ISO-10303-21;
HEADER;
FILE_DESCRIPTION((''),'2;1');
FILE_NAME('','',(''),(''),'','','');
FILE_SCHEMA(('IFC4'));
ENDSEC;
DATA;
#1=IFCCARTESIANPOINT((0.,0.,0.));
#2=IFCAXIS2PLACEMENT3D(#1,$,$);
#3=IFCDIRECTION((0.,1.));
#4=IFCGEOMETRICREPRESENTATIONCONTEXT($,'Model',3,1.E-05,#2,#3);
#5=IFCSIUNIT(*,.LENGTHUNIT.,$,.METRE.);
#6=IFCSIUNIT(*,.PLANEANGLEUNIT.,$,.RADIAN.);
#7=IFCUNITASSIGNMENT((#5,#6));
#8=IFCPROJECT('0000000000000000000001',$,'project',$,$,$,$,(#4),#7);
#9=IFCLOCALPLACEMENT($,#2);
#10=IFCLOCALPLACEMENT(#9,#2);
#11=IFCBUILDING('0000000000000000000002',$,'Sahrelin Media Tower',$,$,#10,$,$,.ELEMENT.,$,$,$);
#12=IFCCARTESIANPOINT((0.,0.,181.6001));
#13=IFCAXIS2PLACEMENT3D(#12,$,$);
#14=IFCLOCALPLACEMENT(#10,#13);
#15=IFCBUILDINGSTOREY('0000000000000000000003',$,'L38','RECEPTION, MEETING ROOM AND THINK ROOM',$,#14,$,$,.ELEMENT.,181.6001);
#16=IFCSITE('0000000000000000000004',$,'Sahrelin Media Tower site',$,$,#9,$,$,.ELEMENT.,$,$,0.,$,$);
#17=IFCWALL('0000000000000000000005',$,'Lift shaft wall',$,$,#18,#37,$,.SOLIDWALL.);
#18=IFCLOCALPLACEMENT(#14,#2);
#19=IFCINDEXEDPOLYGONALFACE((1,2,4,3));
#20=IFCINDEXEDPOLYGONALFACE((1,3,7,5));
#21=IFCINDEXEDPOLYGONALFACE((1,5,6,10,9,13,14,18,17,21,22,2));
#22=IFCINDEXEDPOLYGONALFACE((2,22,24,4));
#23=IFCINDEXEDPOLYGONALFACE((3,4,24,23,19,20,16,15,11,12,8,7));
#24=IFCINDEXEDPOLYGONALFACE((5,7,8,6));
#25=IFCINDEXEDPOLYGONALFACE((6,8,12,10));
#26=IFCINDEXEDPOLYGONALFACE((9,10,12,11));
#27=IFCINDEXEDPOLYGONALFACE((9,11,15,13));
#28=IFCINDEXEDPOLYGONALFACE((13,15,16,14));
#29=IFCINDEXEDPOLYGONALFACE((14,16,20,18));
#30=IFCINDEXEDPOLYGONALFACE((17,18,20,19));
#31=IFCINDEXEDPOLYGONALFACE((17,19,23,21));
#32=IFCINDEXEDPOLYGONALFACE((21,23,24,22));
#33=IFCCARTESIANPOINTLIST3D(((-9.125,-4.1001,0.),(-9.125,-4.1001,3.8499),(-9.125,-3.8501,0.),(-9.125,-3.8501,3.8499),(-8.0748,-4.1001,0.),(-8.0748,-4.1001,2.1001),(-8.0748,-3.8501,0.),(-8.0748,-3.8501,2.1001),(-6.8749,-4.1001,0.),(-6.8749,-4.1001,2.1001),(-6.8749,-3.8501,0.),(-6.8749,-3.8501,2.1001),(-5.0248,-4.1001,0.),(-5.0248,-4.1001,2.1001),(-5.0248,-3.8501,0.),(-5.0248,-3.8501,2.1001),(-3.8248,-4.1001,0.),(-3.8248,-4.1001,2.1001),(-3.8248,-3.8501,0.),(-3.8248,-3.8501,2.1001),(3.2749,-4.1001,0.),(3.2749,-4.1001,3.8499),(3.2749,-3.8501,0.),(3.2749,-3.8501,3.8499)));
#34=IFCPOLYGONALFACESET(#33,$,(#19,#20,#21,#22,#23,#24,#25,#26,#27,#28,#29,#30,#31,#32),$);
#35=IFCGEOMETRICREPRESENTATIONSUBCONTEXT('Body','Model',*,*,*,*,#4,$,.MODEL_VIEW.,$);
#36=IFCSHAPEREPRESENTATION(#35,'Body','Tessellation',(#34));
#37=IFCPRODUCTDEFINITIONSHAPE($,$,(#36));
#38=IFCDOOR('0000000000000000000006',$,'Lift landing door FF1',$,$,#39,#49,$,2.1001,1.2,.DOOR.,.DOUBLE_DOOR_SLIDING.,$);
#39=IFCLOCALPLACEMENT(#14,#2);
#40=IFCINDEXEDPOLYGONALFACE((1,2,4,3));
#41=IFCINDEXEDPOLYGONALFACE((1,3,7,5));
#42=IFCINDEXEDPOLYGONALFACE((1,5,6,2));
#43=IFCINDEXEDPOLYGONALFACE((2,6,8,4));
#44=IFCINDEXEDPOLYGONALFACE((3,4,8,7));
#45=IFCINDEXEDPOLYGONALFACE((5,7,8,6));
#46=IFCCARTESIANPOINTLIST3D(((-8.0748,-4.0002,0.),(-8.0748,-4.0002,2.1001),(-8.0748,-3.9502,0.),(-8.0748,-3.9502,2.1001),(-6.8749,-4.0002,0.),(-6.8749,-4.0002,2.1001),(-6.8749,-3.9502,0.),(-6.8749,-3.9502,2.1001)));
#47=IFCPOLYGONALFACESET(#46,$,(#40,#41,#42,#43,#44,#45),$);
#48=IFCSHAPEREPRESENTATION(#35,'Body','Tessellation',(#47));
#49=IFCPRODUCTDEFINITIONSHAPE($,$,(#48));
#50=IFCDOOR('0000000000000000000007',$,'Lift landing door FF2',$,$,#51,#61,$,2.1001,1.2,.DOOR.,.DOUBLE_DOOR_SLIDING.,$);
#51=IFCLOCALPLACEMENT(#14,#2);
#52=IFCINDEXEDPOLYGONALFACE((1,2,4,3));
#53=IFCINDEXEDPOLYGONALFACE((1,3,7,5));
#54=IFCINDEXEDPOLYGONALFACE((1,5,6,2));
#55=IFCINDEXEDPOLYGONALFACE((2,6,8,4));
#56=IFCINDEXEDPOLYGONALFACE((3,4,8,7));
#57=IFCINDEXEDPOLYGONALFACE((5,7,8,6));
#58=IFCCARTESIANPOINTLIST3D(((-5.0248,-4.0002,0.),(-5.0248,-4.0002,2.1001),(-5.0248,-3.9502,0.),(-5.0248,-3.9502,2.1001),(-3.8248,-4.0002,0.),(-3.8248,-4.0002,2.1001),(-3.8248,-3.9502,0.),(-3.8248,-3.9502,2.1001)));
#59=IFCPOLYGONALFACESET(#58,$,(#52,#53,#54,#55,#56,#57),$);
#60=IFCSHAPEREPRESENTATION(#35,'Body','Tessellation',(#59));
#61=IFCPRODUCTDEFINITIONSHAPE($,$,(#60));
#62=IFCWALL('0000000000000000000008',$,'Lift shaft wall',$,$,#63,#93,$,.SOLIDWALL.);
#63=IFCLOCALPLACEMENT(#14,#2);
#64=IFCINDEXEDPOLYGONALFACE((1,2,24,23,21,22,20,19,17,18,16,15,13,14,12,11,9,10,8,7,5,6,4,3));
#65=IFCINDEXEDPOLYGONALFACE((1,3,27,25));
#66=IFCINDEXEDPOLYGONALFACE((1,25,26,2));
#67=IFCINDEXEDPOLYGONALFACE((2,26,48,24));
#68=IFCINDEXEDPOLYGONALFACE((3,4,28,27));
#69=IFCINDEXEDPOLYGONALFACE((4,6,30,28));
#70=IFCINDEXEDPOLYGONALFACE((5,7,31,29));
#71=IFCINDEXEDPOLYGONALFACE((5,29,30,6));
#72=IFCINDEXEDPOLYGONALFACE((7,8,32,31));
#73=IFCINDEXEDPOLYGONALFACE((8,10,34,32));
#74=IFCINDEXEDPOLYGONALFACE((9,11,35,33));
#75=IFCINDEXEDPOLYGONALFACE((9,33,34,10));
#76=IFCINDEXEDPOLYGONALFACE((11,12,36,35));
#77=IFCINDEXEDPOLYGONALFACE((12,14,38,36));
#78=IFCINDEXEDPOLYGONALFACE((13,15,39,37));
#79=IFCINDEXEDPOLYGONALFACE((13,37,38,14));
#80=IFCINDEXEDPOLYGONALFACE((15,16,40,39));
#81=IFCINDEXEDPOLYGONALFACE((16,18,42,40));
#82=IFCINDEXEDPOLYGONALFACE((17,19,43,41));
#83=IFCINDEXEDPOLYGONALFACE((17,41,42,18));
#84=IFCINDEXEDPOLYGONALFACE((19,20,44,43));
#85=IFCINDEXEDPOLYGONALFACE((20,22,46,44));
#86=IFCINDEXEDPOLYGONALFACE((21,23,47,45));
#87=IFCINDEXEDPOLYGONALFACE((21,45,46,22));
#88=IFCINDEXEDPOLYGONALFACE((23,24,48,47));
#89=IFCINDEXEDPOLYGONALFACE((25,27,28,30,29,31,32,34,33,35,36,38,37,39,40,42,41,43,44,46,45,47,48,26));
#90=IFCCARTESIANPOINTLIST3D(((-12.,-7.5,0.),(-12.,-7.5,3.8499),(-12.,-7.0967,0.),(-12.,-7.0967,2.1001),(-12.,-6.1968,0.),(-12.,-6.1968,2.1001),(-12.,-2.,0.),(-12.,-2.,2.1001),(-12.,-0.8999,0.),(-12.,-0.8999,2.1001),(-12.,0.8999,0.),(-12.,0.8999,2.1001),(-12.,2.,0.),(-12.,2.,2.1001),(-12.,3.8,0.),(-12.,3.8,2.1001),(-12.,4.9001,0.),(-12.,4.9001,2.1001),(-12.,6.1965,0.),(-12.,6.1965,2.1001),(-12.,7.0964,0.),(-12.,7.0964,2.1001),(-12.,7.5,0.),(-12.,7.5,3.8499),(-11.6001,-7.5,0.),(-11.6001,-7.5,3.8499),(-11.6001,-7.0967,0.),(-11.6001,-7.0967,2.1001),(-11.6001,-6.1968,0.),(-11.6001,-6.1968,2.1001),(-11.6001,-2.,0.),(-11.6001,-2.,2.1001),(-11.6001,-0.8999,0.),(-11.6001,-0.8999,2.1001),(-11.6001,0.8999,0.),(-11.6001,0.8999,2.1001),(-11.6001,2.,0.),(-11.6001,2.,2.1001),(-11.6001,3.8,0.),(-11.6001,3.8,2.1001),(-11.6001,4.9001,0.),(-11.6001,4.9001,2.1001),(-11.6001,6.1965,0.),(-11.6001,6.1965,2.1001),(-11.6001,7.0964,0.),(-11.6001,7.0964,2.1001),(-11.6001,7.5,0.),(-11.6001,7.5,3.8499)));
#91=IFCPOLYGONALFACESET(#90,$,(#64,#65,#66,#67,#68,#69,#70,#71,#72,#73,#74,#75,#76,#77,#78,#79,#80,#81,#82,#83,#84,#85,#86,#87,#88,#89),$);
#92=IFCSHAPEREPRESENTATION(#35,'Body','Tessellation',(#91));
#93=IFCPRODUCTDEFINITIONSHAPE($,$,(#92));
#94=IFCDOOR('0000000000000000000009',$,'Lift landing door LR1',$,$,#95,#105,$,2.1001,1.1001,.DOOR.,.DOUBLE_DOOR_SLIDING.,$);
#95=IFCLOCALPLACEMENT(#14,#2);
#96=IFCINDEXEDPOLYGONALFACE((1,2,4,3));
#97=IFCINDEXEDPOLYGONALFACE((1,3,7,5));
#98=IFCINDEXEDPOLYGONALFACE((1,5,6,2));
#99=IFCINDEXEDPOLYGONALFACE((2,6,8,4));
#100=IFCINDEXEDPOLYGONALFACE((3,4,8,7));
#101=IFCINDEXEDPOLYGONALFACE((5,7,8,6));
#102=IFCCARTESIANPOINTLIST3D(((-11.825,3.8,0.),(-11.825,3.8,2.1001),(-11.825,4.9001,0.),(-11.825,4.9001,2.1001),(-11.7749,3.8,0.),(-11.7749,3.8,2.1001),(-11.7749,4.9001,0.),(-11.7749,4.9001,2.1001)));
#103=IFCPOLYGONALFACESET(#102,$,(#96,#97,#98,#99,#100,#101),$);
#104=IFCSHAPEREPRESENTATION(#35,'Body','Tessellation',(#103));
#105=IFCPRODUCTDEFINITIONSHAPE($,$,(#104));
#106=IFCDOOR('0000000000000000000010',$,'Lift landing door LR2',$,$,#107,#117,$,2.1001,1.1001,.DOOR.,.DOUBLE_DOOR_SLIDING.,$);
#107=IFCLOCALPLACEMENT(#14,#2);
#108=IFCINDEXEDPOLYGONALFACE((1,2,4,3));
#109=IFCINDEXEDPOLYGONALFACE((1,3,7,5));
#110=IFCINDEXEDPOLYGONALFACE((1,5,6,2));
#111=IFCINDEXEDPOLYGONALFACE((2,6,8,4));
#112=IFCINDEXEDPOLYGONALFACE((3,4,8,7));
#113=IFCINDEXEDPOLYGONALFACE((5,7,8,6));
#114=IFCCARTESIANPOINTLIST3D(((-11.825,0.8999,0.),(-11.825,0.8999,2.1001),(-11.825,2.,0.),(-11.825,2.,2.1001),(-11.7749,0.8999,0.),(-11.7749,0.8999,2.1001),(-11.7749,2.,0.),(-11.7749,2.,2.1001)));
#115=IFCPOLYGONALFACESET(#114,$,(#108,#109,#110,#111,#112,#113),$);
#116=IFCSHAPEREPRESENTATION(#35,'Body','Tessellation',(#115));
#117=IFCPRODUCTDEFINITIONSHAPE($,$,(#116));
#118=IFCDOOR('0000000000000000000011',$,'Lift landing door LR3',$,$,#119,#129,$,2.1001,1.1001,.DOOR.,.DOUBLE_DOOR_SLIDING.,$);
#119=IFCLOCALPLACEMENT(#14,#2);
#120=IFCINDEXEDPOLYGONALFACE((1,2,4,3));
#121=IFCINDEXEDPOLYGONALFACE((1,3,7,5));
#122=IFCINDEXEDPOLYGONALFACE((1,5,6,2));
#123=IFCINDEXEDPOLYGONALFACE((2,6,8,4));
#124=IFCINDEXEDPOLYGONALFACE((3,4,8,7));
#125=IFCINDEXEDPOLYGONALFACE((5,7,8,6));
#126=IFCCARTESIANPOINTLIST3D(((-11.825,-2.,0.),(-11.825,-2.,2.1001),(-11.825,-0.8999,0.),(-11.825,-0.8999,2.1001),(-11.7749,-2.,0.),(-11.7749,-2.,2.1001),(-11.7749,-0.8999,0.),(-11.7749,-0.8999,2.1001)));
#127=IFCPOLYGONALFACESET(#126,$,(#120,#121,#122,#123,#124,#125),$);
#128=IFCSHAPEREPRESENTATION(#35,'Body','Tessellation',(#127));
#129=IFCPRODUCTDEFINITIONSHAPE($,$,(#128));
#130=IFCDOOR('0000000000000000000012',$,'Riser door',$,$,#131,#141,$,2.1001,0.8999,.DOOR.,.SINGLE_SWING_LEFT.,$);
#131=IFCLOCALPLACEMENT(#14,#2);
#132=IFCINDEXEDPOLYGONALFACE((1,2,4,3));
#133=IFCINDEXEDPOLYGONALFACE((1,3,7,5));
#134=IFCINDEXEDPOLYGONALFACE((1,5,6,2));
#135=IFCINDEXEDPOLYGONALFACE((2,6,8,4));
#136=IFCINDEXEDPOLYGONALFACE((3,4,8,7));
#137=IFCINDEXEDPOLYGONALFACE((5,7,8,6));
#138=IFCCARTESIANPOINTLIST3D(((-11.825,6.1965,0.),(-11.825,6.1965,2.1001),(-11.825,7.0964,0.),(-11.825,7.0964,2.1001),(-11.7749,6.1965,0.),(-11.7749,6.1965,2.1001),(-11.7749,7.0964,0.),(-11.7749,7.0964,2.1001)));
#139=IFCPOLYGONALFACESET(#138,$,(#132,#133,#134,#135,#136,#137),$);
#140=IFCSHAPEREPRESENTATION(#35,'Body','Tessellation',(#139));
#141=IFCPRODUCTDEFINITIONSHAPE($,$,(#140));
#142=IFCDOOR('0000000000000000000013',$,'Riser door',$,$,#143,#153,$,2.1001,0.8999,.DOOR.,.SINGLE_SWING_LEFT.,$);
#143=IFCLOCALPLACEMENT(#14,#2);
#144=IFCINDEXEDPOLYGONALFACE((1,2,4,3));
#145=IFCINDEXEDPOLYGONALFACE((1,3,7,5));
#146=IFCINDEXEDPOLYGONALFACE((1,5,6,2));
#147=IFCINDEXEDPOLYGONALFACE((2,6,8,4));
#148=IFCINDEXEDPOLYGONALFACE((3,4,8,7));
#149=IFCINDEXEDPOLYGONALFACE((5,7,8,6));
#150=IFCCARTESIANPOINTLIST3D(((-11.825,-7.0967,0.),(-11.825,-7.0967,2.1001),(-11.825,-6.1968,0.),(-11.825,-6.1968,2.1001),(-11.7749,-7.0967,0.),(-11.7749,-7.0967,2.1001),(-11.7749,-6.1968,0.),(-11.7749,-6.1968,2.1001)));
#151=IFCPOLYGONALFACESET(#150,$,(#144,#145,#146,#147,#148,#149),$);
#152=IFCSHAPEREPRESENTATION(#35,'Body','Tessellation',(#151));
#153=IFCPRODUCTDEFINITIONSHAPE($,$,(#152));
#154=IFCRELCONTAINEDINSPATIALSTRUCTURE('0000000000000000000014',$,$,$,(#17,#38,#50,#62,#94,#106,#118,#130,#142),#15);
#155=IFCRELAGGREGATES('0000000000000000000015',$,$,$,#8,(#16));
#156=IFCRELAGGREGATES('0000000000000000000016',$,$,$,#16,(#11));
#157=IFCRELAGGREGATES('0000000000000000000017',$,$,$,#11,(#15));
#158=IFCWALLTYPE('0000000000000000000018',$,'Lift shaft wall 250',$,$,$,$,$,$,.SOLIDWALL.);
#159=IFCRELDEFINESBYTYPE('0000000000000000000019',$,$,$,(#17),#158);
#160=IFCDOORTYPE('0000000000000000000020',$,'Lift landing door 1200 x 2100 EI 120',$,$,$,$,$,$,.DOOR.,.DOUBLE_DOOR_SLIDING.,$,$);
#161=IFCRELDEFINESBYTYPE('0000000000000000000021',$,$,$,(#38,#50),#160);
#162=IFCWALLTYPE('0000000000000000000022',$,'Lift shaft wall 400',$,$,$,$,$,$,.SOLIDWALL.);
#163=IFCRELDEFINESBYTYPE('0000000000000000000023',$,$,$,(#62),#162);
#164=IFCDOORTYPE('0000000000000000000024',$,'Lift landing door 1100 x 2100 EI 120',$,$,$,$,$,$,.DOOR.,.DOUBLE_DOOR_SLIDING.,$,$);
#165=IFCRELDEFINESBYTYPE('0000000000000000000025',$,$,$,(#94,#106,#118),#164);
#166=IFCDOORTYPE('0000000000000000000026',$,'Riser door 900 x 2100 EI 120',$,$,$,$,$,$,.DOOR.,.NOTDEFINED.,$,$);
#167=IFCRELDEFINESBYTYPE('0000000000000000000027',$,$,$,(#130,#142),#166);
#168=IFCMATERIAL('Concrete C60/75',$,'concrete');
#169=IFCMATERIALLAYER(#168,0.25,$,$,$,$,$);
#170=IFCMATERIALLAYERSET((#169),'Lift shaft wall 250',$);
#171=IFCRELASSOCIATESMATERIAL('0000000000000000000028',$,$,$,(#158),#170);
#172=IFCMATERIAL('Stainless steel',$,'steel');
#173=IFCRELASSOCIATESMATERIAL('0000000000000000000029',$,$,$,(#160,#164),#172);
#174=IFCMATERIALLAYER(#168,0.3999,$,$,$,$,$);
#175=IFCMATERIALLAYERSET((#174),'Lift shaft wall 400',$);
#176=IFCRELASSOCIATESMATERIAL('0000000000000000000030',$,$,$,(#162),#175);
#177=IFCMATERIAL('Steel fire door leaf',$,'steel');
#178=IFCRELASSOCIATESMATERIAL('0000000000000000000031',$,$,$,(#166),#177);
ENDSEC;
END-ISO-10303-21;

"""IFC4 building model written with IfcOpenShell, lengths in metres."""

from ifc_helpers import new_model, si_unit, direction, frame, frame_2d, origin, place, context, subcontext, project, spatial, rectangle, extrude, material, layer, layer_set, type_object, element, fill, save


model = new_model("IFC4")

# Units and contexts
model_context = context("Model", 3, precision=1e-05, world=origin(), true_north=direction((0.0, 1.0)))
body_context = subcontext(model_context, "Body", "Model", "MODEL_VIEW")
ifc_project = project(units=[si_unit("LENGTHUNIT", "METRE"), si_unit("PLANEANGLEUNIT", "RADIAN")], contexts=[model_context])

# Site, building, storey
site_placement = place(None, origin())
site = spatial("IfcSite", under=ifc_project, at=site_placement, Name="Sahrelin Media Tower site", CompositionType="ELEMENT", RefElevation=0.0)
building_placement = place(site_placement, origin())
building = spatial("IfcBuilding", under=site, at=building_placement, Name="Sahrelin Media Tower", CompositionType="ELEMENT")
storey_placement = place(building_placement, frame((0.0, 0.0, 181.6001)))
storey = spatial("IfcBuildingStorey", under=building, at=storey_placement, Name="L38", Description="RECEPTION, MEETING ROOM AND THINK ROOM", CompositionType="ELEMENT", Elevation=181.6001)

# Shared definitions
ifc_material_1 = material(Name="Concrete C60/75", Category="concrete")
ifc_material_2 = material(Name="Steel fire door leaf", Category="steel")

# Walls, openings, doors
ifc_layer_1 = layer(ifc_material_1, 0.25)
ifc_layer_set_1 = layer_set([ifc_layer_1], Name="Lift shaft wall 250")
wall_type_1 = type_object("IfcWallType", Name="Lift shaft wall 250", PredefinedType="SOLIDWALL", material=ifc_layer_set_1)
ifc_material_3 = material(Name="Stainless steel", Category="steel")
door_type_1 = type_object("IfcDoorType", Name="Lift landing door 1200 x 2100 EI 120", OperationType="DOUBLE_DOOR_SLIDING", PredefinedType="DOOR", material=ifc_material_3)
wall_1_placement = place(storey_placement, frame((-9.125, -3.9751, 0.0), z_axis=(0.0, 0.0, 1.0), x_axis=(1.0, 0.0, 0.0)))
wall_1 = element("IfcWall", 1, at=wall_1_placement, inside=storey, type_object=wall_type_1, Name="Lift shaft wall", PredefinedType="SOLIDWALL", context=body_context, shape_type="SweptSolid", body=[
    extrude(rectangle(XDim=12.3999, YDim=0.25, at=frame_2d((6.2, 0.0))), origin(), (0.0, 0.0, 1.0), 3.8499),
])
opening_1_placement = place(wall_1_placement, frame((1.05, 0.0, 0.0)))
opening_1 = element("IfcOpeningElement", 2, at=opening_1_placement, cuts=wall_1, PredefinedType="OPENING", context=body_context, shape_type="SweptSolid", body=[
    extrude(rectangle(XDim=1.2, YDim=2.1001, at=frame_2d((0.6001, 1.05))), frame((0.0, 0.125, 0.0), z_axis=(0.0, -1.0, 0.0), x_axis=(1.0, 0.0, 0.0)), (0.0, 0.0, 1.0), 0.25),
])
opening_2_placement = place(wall_1_placement, frame((4.1001, 0.0, 0.0)))
opening_2 = element("IfcOpeningElement", 3, at=opening_2_placement, cuts=wall_1, PredefinedType="OPENING", context=body_context, shape_type="SweptSolid", body=[
    extrude(rectangle(XDim=1.2, YDim=2.1001, at=frame_2d((0.6001, 1.05))), frame((0.0, 0.125, 0.0), z_axis=(0.0, -1.0, 0.0), x_axis=(1.0, 0.0, 0.0)), (0.0, 0.0, 1.0), 0.25),
])
door_1_placement = place(opening_1_placement, origin())
door_1 = element("IfcDoor", 4, at=door_1_placement, inside=storey, type_object=door_type_1, Name="Lift landing door FF1", OperationType="DOUBLE_DOOR_SLIDING", OverallHeight=2.1001, OverallWidth=1.2, PredefinedType="DOOR", context=body_context, shape_type="SweptSolid", body=[
    extrude(rectangle(XDim=1.2, YDim=2.1001, at=frame_2d((0.6001, 1.05))), frame((0.0, 0.0249, 0.0), z_axis=(0.0, -1.0, 0.0), x_axis=(1.0, 0.0, 0.0)), (0.0, 0.0, 1.0), 0.05),
])
fill(opening_1, door_1)
door_2_placement = place(opening_2_placement, origin())
door_2 = element("IfcDoor", 5, at=door_2_placement, inside=storey, type_object=door_type_1, Name="Lift landing door FF2", OperationType="DOUBLE_DOOR_SLIDING", OverallHeight=2.1001, OverallWidth=1.2, PredefinedType="DOOR", context=body_context, shape_type="SweptSolid", body=[
    extrude(rectangle(XDim=1.2, YDim=2.1001, at=frame_2d((0.6001, 1.05))), frame((0.0, 0.0249, 0.0), z_axis=(0.0, -1.0, 0.0), x_axis=(1.0, 0.0, 0.0)), (0.0, 0.0, 1.0), 0.05),
])
fill(opening_2, door_2)
ifc_layer_2 = layer(ifc_material_1, 0.3999)
ifc_layer_set_2 = layer_set([ifc_layer_2], Name="Lift shaft wall 400")
wall_type_2 = type_object("IfcWallType", Name="Lift shaft wall 400", PredefinedType="SOLIDWALL", material=ifc_layer_set_2)
wall_2_placement = place(storey_placement, frame((-11.8, -7.5, 0.0), z_axis=(0.0, 0.0, 1.0), x_axis=(0.0, 1.0, 0.0)))
wall_2 = element("IfcWall", 6, at=wall_2_placement, inside=storey, type_object=wall_type_2, Name="Lift shaft wall", PredefinedType="SOLIDWALL", context=body_context, shape_type="SweptSolid", body=[
    extrude(rectangle(XDim=15.0, YDim=0.3999, at=frame_2d((7.5, 0.0))), origin(), (0.0, 0.0, 1.0), 3.8499),
])
opening_3_placement = place(wall_2_placement, frame((11.3, 0.0, 0.0)))
opening_3 = element("IfcOpeningElement", 7, at=opening_3_placement, cuts=wall_2, PredefinedType="OPENING", context=body_context, shape_type="SweptSolid", body=[
    extrude(rectangle(XDim=1.1001, YDim=2.1001, at=frame_2d((0.55, 1.05))), frame((0.0, 0.2, 0.0), z_axis=(0.0, -1.0, 0.0), x_axis=(1.0, 0.0, 0.0)), (0.0, 0.0, 1.0), 0.3999),
])
opening_4_placement = place(wall_2_placement, frame((8.3999, 0.0, 0.0)))
opening_4 = element("IfcOpeningElement", 8, at=opening_4_placement, cuts=wall_2, PredefinedType="OPENING", context=body_context, shape_type="SweptSolid", body=[
    extrude(rectangle(XDim=1.1001, YDim=2.1001, at=frame_2d((0.55, 1.05))), frame((0.0, 0.2, 0.0), z_axis=(0.0, -1.0, 0.0), x_axis=(1.0, 0.0, 0.0)), (0.0, 0.0, 1.0), 0.3999),
])
opening_5_placement = place(wall_2_placement, frame((5.5, 0.0, 0.0)))
opening_5 = element("IfcOpeningElement", 9, at=opening_5_placement, cuts=wall_2, PredefinedType="OPENING", context=body_context, shape_type="SweptSolid", body=[
    extrude(rectangle(XDim=1.1001, YDim=2.1001, at=frame_2d((0.55, 1.05))), frame((0.0, 0.2, 0.0), z_axis=(0.0, -1.0, 0.0), x_axis=(1.0, 0.0, 0.0)), (0.0, 0.0, 1.0), 0.3999),
])
opening_6_placement = place(wall_2_placement, frame((13.6965, 0.0, 0.0)))
opening_6 = element("IfcOpeningElement", 10, at=opening_6_placement, cuts=wall_2, PredefinedType="OPENING", context=body_context, shape_type="SweptSolid", body=[
    extrude(rectangle(XDim=0.8999, YDim=2.1001, at=frame_2d((0.45, 1.05))), frame((0.0, 0.2, 0.0), z_axis=(0.0, -1.0, 0.0), x_axis=(1.0, 0.0, 0.0)), (0.0, 0.0, 1.0), 0.3999),
])
opening_7_placement = place(wall_2_placement, frame((0.4033, 0.0, 0.0)))
opening_7 = element("IfcOpeningElement", 11, at=opening_7_placement, cuts=wall_2, PredefinedType="OPENING", context=body_context, shape_type="SweptSolid", body=[
    extrude(rectangle(XDim=0.8999, YDim=2.1001, at=frame_2d((0.45, 1.05))), frame((0.0, 0.2, 0.0), z_axis=(0.0, -1.0, 0.0), x_axis=(1.0, 0.0, 0.0)), (0.0, 0.0, 1.0), 0.3999),
])
door_type_2 = type_object("IfcDoorType", Name="Lift landing door 1100 x 2100 EI 120", OperationType="DOUBLE_DOOR_SLIDING", PredefinedType="DOOR", material=ifc_material_3)
door_3_placement = place(opening_3_placement, origin())
door_3 = element("IfcDoor", 12, at=door_3_placement, inside=storey, type_object=door_type_2, Name="Lift landing door LR1", OperationType="DOUBLE_DOOR_SLIDING", OverallHeight=2.1001, OverallWidth=1.1001, PredefinedType="DOOR", context=body_context, shape_type="SweptSolid", body=[
    extrude(rectangle(XDim=1.1001, YDim=2.1001, at=frame_2d((0.55, 1.05))), frame((0.0, 0.0249, 0.0), z_axis=(0.0, -1.0, 0.0), x_axis=(1.0, 0.0, 0.0)), (0.0, 0.0, 1.0), 0.05),
])
fill(opening_3, door_3)
door_4_placement = place(opening_4_placement, origin())
door_4 = element("IfcDoor", 13, at=door_4_placement, inside=storey, type_object=door_type_2, Name="Lift landing door LR2", OperationType="DOUBLE_DOOR_SLIDING", OverallHeight=2.1001, OverallWidth=1.1001, PredefinedType="DOOR", context=body_context, shape_type="SweptSolid", body=[
    extrude(rectangle(XDim=1.1001, YDim=2.1001, at=frame_2d((0.55, 1.05))), frame((0.0, 0.0249, 0.0), z_axis=(0.0, -1.0, 0.0), x_axis=(1.0, 0.0, 0.0)), (0.0, 0.0, 1.0), 0.05),
])
fill(opening_4, door_4)
door_5_placement = place(opening_5_placement, origin())
door_5 = element("IfcDoor", 14, at=door_5_placement, inside=storey, type_object=door_type_2, Name="Lift landing door LR3", OperationType="DOUBLE_DOOR_SLIDING", OverallHeight=2.1001, OverallWidth=1.1001, PredefinedType="DOOR", context=body_context, shape_type="SweptSolid", body=[
    extrude(rectangle(XDim=1.1001, YDim=2.1001, at=frame_2d((0.55, 1.05))), frame((0.0, 0.0249, 0.0), z_axis=(0.0, -1.0, 0.0), x_axis=(1.0, 0.0, 0.0)), (0.0, 0.0, 1.0), 0.05),
])
fill(opening_5, door_5)
door_type_3 = type_object("IfcDoorType", Name="Riser door 900 x 2100 EI 120", OperationType="NOTDEFINED", PredefinedType="DOOR", material=ifc_material_2)
door_6_placement = place(opening_6_placement, origin())
door_6 = element("IfcDoor", 15, at=door_6_placement, inside=storey, type_object=door_type_3, Name="Riser door", OperationType="SINGLE_SWING_LEFT", OverallHeight=2.1001, OverallWidth=0.8999, PredefinedType="DOOR", context=body_context, shape_type="SweptSolid", body=[
    extrude(rectangle(XDim=0.8999, YDim=2.1001, at=frame_2d((0.45, 1.05))), frame((0.0, 0.0249, 0.0), z_axis=(0.0, -1.0, 0.0), x_axis=(1.0, 0.0, 0.0)), (0.0, 0.0, 1.0), 0.05),
])
fill(opening_6, door_6)
door_7_placement = place(opening_7_placement, origin())
door_7 = element("IfcDoor", 16, at=door_7_placement, inside=storey, type_object=door_type_3, Name="Riser door", OperationType="SINGLE_SWING_LEFT", OverallHeight=2.1001, OverallWidth=0.8999, PredefinedType="DOOR", context=body_context, shape_type="SweptSolid", body=[
    extrude(rectangle(XDim=0.8999, YDim=2.1001, at=frame_2d((0.45, 1.05))), frame((0.0, 0.0249, 0.0), z_axis=(0.0, -1.0, 0.0), x_axis=(1.0, 0.0, 0.0)), (0.0, 0.0, 1.0), 0.05),
])
fill(opening_7, door_7)

save(model, "model.ifc")
